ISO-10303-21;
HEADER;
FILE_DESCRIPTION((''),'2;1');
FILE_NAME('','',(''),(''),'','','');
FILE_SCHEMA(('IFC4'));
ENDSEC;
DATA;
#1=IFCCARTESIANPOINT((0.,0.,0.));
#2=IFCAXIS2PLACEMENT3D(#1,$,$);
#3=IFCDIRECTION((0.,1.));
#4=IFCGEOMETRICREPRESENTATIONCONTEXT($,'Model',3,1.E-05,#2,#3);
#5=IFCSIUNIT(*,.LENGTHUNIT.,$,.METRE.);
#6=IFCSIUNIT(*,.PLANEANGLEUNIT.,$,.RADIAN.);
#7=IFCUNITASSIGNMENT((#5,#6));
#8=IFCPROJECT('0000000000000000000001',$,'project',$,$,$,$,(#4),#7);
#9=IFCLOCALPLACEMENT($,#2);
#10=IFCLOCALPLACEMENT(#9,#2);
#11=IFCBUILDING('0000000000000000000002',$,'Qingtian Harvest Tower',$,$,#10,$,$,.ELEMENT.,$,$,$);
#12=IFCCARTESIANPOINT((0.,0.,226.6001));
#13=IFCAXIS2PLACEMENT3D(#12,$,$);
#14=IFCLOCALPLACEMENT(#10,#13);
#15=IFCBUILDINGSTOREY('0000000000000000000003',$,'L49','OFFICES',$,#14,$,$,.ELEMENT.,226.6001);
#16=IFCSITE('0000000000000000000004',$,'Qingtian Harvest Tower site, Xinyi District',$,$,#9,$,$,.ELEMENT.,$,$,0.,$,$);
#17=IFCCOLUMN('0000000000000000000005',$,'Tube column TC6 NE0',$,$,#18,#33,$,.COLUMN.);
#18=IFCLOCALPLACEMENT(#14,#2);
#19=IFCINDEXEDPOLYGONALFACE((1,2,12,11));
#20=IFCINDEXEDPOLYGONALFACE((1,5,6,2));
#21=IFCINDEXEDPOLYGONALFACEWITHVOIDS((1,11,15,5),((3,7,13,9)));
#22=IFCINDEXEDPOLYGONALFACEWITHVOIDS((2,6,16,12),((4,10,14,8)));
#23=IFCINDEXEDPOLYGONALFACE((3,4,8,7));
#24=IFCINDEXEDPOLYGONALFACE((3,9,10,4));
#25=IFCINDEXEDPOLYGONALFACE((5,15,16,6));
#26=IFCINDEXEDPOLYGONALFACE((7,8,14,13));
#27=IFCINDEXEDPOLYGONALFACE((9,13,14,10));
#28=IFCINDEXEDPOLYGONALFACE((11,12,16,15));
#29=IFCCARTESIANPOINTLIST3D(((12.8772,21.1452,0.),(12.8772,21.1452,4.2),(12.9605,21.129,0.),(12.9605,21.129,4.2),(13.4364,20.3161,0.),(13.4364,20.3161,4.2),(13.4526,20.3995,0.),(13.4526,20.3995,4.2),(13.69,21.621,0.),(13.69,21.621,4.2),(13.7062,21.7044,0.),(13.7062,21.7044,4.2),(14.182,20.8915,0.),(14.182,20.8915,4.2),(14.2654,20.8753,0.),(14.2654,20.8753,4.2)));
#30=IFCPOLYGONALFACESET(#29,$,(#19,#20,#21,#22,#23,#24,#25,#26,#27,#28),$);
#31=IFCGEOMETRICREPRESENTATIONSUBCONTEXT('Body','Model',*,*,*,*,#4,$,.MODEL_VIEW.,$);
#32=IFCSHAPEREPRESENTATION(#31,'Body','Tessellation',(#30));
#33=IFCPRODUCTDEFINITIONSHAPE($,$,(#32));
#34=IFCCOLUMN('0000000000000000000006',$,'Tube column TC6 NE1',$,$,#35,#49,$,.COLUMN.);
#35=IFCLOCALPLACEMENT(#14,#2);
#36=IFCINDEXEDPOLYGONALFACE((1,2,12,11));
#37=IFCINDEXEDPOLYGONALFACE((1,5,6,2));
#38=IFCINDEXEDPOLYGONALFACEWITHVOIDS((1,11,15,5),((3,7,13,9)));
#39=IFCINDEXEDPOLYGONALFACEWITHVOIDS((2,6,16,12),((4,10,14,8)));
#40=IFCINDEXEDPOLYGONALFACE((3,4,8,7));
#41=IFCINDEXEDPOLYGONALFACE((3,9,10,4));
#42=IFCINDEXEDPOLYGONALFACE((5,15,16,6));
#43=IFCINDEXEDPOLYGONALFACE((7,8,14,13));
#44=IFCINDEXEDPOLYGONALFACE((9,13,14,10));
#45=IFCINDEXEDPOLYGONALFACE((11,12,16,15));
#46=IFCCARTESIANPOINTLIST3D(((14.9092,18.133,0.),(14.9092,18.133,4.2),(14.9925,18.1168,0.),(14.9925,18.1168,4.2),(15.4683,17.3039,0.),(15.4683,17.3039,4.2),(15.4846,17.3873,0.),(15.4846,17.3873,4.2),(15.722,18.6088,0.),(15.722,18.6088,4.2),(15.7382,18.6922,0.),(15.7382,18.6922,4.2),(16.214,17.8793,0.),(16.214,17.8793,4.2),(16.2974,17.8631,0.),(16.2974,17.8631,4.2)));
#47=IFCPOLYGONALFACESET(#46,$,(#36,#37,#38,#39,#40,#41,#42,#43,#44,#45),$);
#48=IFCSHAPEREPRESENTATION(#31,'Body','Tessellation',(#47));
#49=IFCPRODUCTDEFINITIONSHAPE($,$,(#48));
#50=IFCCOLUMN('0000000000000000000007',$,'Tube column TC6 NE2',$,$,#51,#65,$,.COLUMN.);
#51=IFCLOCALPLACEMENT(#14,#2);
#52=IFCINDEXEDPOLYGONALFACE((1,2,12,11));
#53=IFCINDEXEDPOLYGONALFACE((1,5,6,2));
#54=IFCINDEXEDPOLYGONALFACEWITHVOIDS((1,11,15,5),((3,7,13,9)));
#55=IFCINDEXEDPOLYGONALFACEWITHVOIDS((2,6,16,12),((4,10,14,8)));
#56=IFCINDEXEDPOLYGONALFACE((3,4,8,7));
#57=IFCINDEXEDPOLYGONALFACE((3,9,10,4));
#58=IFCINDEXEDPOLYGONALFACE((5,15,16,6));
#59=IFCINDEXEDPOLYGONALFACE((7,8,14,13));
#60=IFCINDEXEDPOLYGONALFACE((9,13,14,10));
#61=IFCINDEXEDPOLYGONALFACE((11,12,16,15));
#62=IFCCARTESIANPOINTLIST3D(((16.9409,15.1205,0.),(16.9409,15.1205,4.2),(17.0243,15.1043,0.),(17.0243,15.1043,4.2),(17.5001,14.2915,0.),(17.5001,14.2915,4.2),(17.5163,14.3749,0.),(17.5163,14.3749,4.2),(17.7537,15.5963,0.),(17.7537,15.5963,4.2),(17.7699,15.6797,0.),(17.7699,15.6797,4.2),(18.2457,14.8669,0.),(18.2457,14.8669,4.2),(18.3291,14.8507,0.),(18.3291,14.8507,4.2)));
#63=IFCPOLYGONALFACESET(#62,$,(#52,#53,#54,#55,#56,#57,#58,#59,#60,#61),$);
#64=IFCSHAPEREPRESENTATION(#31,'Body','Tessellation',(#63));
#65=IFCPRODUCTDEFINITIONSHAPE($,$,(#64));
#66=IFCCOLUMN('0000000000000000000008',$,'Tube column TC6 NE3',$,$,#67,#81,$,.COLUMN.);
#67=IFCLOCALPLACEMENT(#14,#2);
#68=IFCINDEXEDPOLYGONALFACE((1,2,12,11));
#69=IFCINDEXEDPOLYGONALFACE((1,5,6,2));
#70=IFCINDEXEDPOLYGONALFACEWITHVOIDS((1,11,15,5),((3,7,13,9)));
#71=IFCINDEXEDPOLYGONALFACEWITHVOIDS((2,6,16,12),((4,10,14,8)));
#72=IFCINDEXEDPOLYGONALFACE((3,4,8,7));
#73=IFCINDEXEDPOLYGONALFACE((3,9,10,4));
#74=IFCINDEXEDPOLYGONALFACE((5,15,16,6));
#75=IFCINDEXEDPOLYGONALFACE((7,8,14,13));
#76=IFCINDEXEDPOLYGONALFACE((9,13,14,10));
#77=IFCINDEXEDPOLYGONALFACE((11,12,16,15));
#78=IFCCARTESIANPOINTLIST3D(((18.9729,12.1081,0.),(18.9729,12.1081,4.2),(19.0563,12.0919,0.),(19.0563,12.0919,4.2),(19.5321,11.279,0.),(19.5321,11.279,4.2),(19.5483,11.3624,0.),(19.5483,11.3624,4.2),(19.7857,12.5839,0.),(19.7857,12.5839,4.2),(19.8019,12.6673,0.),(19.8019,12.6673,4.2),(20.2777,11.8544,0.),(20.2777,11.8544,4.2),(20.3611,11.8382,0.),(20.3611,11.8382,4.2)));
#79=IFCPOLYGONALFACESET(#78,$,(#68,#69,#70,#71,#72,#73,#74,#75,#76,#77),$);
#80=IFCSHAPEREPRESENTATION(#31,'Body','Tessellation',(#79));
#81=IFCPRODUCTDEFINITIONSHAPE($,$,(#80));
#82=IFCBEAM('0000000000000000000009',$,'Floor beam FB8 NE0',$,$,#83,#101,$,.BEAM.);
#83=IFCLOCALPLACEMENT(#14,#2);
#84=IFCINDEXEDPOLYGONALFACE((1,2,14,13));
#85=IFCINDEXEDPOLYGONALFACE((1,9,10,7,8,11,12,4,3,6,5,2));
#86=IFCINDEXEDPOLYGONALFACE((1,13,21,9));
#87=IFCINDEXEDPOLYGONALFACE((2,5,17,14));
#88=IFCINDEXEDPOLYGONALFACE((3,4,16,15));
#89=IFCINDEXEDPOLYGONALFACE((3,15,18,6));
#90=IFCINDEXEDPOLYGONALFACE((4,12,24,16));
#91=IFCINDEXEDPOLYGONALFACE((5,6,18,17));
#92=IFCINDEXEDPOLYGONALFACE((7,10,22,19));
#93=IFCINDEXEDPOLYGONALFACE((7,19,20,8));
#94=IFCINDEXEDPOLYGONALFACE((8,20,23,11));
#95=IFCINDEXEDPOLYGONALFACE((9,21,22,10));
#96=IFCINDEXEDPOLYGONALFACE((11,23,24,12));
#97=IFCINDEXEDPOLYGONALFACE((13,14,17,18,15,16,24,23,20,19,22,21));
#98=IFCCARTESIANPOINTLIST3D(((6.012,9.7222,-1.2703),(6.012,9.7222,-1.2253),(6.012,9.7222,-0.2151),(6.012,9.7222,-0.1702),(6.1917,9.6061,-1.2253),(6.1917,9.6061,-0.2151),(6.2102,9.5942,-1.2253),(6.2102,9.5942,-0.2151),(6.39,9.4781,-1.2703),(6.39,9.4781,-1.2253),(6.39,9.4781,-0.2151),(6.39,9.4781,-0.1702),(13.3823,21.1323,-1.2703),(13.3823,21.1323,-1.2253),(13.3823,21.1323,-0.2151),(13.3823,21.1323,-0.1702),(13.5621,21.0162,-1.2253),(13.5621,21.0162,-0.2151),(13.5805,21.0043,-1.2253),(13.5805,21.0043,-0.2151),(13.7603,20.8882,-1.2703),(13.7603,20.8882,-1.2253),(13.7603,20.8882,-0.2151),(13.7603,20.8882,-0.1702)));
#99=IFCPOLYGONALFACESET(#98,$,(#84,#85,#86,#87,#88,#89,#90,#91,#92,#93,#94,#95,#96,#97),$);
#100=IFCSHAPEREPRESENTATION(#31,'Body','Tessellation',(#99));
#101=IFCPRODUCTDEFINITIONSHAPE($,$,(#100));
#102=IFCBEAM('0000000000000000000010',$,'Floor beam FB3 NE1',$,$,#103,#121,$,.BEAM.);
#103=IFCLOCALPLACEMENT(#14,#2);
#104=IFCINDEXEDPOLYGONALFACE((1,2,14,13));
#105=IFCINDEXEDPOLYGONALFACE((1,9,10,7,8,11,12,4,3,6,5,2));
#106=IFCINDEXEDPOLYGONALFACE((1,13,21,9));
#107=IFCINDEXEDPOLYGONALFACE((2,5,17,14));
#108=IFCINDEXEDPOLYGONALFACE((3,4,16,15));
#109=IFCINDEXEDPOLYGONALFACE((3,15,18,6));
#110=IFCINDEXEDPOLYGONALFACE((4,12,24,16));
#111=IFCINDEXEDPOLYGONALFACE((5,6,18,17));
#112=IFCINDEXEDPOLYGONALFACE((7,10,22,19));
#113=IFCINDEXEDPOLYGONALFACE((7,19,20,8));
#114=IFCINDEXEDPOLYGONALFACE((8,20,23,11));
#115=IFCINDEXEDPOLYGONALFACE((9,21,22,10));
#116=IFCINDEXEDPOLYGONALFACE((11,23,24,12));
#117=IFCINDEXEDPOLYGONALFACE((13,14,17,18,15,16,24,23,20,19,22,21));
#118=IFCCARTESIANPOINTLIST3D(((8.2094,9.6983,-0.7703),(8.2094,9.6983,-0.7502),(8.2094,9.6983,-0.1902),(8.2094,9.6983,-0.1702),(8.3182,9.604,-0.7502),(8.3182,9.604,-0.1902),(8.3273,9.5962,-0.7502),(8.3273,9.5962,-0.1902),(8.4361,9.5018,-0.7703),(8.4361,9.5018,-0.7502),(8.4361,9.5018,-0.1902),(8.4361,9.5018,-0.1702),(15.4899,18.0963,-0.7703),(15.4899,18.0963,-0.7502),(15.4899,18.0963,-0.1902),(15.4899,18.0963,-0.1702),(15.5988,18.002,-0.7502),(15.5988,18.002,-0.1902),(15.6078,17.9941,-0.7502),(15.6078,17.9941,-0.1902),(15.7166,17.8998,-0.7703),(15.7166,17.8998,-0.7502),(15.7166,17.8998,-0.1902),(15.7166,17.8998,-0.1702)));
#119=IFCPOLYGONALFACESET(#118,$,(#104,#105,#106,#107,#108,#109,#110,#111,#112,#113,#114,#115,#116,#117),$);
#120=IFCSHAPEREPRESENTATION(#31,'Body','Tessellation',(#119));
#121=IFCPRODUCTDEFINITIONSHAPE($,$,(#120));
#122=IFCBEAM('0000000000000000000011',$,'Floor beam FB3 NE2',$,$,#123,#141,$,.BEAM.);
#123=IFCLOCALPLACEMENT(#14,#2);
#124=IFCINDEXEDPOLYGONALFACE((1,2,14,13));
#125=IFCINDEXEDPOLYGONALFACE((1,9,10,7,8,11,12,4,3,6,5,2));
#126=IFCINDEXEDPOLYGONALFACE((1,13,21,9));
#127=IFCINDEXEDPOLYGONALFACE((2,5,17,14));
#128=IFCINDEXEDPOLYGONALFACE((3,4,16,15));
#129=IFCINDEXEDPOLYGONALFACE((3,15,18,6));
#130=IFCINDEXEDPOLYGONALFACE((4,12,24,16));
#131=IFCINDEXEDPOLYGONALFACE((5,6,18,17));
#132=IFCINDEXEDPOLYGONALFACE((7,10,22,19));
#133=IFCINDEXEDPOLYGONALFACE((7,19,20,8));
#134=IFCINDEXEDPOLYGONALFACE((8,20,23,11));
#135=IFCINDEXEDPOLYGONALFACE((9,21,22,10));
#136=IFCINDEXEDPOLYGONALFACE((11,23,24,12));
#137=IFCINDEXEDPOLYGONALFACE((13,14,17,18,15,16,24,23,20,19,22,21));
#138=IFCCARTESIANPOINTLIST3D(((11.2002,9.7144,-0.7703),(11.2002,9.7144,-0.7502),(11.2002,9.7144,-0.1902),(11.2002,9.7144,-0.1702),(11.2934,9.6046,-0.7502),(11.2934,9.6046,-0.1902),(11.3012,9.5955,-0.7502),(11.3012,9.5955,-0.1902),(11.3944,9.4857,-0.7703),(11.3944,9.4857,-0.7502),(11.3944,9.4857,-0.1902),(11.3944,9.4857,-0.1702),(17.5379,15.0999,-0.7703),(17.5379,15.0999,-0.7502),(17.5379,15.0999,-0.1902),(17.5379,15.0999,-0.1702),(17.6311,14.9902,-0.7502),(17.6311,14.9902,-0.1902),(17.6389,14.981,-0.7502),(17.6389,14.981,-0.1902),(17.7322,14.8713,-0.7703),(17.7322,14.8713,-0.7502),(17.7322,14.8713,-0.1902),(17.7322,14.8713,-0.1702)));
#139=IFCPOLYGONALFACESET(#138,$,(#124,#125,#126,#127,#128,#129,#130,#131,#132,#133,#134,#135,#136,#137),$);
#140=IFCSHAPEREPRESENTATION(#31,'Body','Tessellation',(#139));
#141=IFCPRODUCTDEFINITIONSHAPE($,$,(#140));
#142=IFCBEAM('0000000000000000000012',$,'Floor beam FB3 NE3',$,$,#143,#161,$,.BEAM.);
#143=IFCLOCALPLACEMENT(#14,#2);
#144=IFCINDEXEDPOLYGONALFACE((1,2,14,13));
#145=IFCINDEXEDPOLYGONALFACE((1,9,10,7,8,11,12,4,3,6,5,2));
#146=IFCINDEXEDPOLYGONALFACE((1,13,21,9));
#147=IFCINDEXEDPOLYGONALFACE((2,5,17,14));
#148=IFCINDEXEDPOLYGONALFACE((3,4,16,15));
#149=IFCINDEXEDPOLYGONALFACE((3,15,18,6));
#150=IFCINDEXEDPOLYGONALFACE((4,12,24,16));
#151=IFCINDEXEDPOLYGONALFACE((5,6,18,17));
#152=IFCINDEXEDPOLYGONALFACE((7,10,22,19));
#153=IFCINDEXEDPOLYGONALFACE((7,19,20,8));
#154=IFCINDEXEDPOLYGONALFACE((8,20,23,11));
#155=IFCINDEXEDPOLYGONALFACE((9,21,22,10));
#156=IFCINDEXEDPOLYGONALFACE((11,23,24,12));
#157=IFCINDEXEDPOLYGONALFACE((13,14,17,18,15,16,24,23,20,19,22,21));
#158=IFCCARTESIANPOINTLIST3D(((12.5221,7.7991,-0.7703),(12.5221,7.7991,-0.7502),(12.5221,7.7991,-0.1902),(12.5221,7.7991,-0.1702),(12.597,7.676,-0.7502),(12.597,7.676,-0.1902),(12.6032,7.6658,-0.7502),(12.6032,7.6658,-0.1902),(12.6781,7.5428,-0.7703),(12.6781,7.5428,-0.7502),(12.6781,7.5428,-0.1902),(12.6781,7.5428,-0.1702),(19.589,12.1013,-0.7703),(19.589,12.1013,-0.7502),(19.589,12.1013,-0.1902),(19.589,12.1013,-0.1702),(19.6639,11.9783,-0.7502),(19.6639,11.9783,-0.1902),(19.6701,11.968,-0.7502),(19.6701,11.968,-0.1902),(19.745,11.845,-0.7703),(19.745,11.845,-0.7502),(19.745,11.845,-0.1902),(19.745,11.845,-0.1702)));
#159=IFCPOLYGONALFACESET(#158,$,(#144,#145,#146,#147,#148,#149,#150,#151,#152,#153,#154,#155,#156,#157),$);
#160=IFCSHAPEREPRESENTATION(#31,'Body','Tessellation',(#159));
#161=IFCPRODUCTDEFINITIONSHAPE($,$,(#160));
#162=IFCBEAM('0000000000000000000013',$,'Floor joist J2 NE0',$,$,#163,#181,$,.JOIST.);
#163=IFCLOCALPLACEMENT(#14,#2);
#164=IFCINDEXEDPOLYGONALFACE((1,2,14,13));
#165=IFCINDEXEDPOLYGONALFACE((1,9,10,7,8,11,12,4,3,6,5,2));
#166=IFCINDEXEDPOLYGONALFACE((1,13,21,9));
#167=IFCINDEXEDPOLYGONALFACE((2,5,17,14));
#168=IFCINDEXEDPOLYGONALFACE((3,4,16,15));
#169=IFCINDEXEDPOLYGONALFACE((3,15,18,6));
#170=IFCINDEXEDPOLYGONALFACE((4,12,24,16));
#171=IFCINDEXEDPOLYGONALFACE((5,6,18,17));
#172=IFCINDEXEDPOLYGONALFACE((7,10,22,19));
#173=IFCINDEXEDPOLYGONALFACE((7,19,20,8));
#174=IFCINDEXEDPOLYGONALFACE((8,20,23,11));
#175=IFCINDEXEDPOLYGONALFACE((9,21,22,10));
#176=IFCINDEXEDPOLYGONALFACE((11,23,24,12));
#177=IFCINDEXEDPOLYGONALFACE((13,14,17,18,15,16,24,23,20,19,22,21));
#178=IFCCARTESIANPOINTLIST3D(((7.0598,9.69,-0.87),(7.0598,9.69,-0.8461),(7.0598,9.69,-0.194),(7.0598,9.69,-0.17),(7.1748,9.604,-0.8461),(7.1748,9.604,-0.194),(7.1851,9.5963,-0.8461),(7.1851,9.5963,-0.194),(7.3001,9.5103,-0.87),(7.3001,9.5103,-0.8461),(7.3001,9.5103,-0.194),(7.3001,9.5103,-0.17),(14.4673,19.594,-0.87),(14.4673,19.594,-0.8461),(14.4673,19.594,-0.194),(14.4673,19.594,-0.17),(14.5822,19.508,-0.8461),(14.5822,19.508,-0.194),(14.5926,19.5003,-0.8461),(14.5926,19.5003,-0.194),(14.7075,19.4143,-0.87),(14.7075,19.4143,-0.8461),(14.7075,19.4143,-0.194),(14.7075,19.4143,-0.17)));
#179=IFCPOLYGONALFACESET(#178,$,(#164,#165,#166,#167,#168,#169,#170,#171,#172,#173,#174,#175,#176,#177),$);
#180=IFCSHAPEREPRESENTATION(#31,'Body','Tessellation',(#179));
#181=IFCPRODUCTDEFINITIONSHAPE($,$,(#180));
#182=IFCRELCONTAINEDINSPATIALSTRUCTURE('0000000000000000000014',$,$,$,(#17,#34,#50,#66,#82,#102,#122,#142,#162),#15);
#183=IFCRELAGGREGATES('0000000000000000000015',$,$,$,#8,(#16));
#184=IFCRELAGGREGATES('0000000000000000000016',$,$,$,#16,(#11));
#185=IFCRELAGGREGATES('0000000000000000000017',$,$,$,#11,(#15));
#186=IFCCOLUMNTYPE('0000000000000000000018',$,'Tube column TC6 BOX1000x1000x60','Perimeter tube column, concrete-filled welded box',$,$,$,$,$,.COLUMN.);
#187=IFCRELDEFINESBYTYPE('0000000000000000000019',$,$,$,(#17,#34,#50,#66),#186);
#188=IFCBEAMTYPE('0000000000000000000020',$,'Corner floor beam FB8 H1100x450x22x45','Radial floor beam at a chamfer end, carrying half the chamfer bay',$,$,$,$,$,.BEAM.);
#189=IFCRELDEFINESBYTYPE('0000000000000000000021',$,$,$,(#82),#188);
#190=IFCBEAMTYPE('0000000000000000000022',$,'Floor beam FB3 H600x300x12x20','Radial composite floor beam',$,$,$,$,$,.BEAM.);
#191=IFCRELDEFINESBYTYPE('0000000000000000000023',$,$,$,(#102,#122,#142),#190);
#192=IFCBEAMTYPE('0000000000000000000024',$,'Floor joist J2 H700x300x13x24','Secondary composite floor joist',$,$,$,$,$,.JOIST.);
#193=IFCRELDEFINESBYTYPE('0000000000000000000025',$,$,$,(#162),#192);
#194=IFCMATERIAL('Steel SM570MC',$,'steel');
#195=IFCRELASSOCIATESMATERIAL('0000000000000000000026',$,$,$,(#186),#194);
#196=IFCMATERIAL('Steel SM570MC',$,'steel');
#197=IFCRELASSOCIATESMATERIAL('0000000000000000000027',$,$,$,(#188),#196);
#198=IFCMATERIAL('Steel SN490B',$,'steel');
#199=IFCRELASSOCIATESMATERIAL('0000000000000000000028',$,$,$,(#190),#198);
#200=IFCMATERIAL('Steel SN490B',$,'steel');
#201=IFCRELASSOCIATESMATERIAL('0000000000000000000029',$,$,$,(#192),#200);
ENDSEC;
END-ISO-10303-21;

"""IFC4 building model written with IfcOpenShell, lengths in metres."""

from ifc_helpers import new_model, si_unit, direction, frame, origin, origin_2d, place, context, subcontext, project, spatial, hollow_rectangle, i_section, extrude, material, material_profile, profile_set, type_object, element, save


model = new_model("IFC4")

# Units and contexts
model_context = context("Model", 3, precision=1e-05, world=origin(), true_north=direction((0.0, 1.0)))
body_context = subcontext(model_context, "Body", "Model", "MODEL_VIEW")
ifc_project = project(units=[si_unit("LENGTHUNIT", "METRE"), si_unit("PLANEANGLEUNIT", "RADIAN")], contexts=[model_context])

# Site, building, storey
site_placement = place(None, origin())
site = spatial("IfcSite", under=ifc_project, at=site_placement, Name="Qingtian Harvest Tower site, Xinyi District", CompositionType="ELEMENT", RefElevation=0.0)
building_placement = place(site_placement, origin())
building = spatial("IfcBuilding", under=site, at=building_placement, Name="Qingtian Harvest Tower", CompositionType="ELEMENT")
storey_placement = place(building_placement, frame((0.0, 0.0, 226.6001)))
storey = spatial("IfcBuildingStorey", under=building, at=storey_placement, Name="L49", Description="OFFICES", CompositionType="ELEMENT", Elevation=226.6001)

# Columns
ifc_material_1 = material(Name="Steel SM570MC", Category="steel")
ifc_material_profile_1 = material_profile(ifc_material_1, hollow_rectangle(XDim=1.0, YDim=1.0, WallThickness=0.0601, at=origin_2d()), Name="BOX1000x1000x60")
ifc_profile_set_1 = profile_set([ifc_material_profile_1], Name="Steel SM570MC")
column_type = type_object("IfcColumnType", Name="Tube column TC6 BOX1000x1000x60", Description="Perimeter tube column, concrete-filled welded box", PredefinedType="COLUMN", material=ifc_profile_set_1)
for number, where, z_axis, x_axis, name in (
    (1, (13.5713, 21.0103, 0.0), (0.0, 0.0, 1.0), (-0.559193, 0.829038, 0.0), "Tube column TC6 NE0"),
    (2, (15.6033, 17.998, 0.0), (0.0, 0.0, 1.0), (-0.559193, 0.829038, 0.0), "Tube column TC6 NE1"),
    (3, (17.635, 14.9856, 0.0), (0.0, 0.0, 1.0), (-0.559193, 0.829038, 0.0), "Tube column TC6 NE2"),
    (4, (19.667, 11.9731, 0.0), (0.0, 0.0, 1.0), (-0.559193, 0.829038, 0.0), "Tube column TC6 NE3"),
):
    element("IfcColumn", number, at=place(storey_placement, frame(where, z_axis=z_axis, x_axis=x_axis)), inside=storey, type_object=column_type, Name=name, PredefinedType="COLUMN", context=body_context, shape_type="SweptSolid", body=[
        extrude(hollow_rectangle(XDim=1.0, YDim=1.0, WallThickness=0.0601, at=origin_2d()), origin(), (0.0, 0.0, 1.0), 4.2),
    ])

# Beams
ifc_material_2 = material(Name="Steel SM570MC", Category="steel")
ifc_material_profile_2 = material_profile(ifc_material_2, i_section(OverallWidth=0.45, OverallDepth=1.1001, WebThickness=0.022, FlangeThickness=0.0449, at=origin_2d()), Name="H1100x450x22x45")
ifc_profile_set_2 = profile_set([ifc_material_profile_2], Name="Steel SM570MC")
beam_type_1 = type_object("IfcBeamType", Name="Corner floor beam FB8 H1100x450x22x45", Description="Radial floor beam at a chamfer end, carrying half the chamfer bay", PredefinedType="BEAM", material=ifc_profile_set_2)
beam_1_placement = place(storey_placement, frame((13.5713, 21.0103, -0.7202), z_axis=(-0.542593, -0.839996, 0.0), x_axis=(0.839996, -0.542593, 0.0)))
element("IfcBeam", 5, at=beam_1_placement, inside=storey, type_object=beam_type_1, Name="Floor beam FB8 NE0", PredefinedType="BEAM", context=body_context, shape_type="SweptSolid", body=[
    extrude(i_section(OverallWidth=0.45, OverallDepth=1.1001, WebThickness=0.022, FlangeThickness=0.0449, at=origin_2d()), origin(), (0.0, 0.0, 1.0), 13.5835),
])
ifc_material_3 = material(Name="Steel SN490B", Category="steel")
ifc_material_profile_3 = material_profile(ifc_material_3, i_section(OverallWidth=0.3, OverallDepth=0.6001, WebThickness=0.012, FlangeThickness=0.02, at=origin_2d()), Name="H600x300x12x20")
ifc_profile_set_3 = profile_set([ifc_material_profile_3], Name="Steel SN490B")
beam_type_2 = type_object("IfcBeamType", Name="Floor beam FB3 H600x300x12x20", Description="Radial composite floor beam", PredefinedType="BEAM", material=ifc_profile_set_3)
beam_2_placement = place(storey_placement, frame((15.6033, 17.998, -0.4702), z_axis=(-0.655048, -0.755587, 0.0), x_axis=(0.755587, -0.655048, 0.0)))
element("IfcBeam", 6, at=beam_2_placement, inside=storey, type_object=beam_type_2, Name="Floor beam FB3 NE1", PredefinedType="BEAM", context=body_context, shape_type="SweptSolid", body=[
    extrude(i_section(OverallWidth=0.3, OverallDepth=0.6001, WebThickness=0.012, FlangeThickness=0.02, at=origin_2d()), origin(), (0.0, 0.0, 1.0), 11.1145),
])
beam_3_placement = place(storey_placement, frame((17.635, 14.9856, -0.4702), z_axis=(-0.762028, -0.647544, 0.0), x_axis=(0.647544, -0.762028, 0.0)))
element("IfcBeam", 7, at=beam_3_placement, inside=storey, type_object=beam_type_2, Name="Floor beam FB3 NE2", PredefinedType="BEAM", context=body_context, shape_type="SweptSolid", body=[
    extrude(i_section(OverallWidth=0.3, OverallDepth=0.6001, WebThickness=0.012, FlangeThickness=0.02, at=origin_2d()), origin(), (0.0, 0.0, 1.0), 8.3169),
])
beam_4_placement = place(storey_placement, frame((19.667, 11.9731, -0.4702), z_axis=(-0.854163, -0.520005, 0.0), x_axis=(0.520005, -0.854163, 0.0)))
element("IfcBeam", 8, at=beam_4_placement, inside=storey, type_object=beam_type_2, Name="Floor beam FB3 NE3", PredefinedType="BEAM", context=body_context, shape_type="SweptSolid", body=[
    extrude(i_section(OverallWidth=0.3, OverallDepth=0.6001, WebThickness=0.012, FlangeThickness=0.02, at=origin_2d()), origin(), (0.0, 0.0, 1.0), 8.2734),
])
ifc_material_4 = material(Name="Steel SN490B", Category="steel")
ifc_material_profile_4 = material_profile(ifc_material_4, i_section(OverallWidth=0.3, OverallDepth=0.7, WebThickness=0.0129, FlangeThickness=0.0239, at=origin_2d()), Name="H700x300x13x24")
ifc_profile_set_4 = profile_set([ifc_material_profile_4], Name="Steel SN490B")
beam_type_3 = type_object("IfcBeamType", Name="Floor joist J2 H700x300x13x24", Description="Secondary composite floor joist", PredefinedType="JOIST", material=ifc_profile_set_4)
beam_5_placement = place(storey_placement, frame((14.5874, 19.5042, -0.52), z_axis=(-0.598935, -0.800798, 0.0), x_axis=(0.800798, -0.598935, 0.0)))
element("IfcBeam", 9, at=beam_5_placement, inside=storey, type_object=beam_type_3, Name="Floor joist J2 NE0", PredefinedType="JOIST", context=body_context, shape_type="SweptSolid", body=[
    extrude(i_section(OverallWidth=0.3, OverallDepth=0.7, WebThickness=0.0129, FlangeThickness=0.0239, at=origin_2d()), origin(), (0.0, 0.0, 1.0), 12.3677),
])

save(model, "model.ifc")
